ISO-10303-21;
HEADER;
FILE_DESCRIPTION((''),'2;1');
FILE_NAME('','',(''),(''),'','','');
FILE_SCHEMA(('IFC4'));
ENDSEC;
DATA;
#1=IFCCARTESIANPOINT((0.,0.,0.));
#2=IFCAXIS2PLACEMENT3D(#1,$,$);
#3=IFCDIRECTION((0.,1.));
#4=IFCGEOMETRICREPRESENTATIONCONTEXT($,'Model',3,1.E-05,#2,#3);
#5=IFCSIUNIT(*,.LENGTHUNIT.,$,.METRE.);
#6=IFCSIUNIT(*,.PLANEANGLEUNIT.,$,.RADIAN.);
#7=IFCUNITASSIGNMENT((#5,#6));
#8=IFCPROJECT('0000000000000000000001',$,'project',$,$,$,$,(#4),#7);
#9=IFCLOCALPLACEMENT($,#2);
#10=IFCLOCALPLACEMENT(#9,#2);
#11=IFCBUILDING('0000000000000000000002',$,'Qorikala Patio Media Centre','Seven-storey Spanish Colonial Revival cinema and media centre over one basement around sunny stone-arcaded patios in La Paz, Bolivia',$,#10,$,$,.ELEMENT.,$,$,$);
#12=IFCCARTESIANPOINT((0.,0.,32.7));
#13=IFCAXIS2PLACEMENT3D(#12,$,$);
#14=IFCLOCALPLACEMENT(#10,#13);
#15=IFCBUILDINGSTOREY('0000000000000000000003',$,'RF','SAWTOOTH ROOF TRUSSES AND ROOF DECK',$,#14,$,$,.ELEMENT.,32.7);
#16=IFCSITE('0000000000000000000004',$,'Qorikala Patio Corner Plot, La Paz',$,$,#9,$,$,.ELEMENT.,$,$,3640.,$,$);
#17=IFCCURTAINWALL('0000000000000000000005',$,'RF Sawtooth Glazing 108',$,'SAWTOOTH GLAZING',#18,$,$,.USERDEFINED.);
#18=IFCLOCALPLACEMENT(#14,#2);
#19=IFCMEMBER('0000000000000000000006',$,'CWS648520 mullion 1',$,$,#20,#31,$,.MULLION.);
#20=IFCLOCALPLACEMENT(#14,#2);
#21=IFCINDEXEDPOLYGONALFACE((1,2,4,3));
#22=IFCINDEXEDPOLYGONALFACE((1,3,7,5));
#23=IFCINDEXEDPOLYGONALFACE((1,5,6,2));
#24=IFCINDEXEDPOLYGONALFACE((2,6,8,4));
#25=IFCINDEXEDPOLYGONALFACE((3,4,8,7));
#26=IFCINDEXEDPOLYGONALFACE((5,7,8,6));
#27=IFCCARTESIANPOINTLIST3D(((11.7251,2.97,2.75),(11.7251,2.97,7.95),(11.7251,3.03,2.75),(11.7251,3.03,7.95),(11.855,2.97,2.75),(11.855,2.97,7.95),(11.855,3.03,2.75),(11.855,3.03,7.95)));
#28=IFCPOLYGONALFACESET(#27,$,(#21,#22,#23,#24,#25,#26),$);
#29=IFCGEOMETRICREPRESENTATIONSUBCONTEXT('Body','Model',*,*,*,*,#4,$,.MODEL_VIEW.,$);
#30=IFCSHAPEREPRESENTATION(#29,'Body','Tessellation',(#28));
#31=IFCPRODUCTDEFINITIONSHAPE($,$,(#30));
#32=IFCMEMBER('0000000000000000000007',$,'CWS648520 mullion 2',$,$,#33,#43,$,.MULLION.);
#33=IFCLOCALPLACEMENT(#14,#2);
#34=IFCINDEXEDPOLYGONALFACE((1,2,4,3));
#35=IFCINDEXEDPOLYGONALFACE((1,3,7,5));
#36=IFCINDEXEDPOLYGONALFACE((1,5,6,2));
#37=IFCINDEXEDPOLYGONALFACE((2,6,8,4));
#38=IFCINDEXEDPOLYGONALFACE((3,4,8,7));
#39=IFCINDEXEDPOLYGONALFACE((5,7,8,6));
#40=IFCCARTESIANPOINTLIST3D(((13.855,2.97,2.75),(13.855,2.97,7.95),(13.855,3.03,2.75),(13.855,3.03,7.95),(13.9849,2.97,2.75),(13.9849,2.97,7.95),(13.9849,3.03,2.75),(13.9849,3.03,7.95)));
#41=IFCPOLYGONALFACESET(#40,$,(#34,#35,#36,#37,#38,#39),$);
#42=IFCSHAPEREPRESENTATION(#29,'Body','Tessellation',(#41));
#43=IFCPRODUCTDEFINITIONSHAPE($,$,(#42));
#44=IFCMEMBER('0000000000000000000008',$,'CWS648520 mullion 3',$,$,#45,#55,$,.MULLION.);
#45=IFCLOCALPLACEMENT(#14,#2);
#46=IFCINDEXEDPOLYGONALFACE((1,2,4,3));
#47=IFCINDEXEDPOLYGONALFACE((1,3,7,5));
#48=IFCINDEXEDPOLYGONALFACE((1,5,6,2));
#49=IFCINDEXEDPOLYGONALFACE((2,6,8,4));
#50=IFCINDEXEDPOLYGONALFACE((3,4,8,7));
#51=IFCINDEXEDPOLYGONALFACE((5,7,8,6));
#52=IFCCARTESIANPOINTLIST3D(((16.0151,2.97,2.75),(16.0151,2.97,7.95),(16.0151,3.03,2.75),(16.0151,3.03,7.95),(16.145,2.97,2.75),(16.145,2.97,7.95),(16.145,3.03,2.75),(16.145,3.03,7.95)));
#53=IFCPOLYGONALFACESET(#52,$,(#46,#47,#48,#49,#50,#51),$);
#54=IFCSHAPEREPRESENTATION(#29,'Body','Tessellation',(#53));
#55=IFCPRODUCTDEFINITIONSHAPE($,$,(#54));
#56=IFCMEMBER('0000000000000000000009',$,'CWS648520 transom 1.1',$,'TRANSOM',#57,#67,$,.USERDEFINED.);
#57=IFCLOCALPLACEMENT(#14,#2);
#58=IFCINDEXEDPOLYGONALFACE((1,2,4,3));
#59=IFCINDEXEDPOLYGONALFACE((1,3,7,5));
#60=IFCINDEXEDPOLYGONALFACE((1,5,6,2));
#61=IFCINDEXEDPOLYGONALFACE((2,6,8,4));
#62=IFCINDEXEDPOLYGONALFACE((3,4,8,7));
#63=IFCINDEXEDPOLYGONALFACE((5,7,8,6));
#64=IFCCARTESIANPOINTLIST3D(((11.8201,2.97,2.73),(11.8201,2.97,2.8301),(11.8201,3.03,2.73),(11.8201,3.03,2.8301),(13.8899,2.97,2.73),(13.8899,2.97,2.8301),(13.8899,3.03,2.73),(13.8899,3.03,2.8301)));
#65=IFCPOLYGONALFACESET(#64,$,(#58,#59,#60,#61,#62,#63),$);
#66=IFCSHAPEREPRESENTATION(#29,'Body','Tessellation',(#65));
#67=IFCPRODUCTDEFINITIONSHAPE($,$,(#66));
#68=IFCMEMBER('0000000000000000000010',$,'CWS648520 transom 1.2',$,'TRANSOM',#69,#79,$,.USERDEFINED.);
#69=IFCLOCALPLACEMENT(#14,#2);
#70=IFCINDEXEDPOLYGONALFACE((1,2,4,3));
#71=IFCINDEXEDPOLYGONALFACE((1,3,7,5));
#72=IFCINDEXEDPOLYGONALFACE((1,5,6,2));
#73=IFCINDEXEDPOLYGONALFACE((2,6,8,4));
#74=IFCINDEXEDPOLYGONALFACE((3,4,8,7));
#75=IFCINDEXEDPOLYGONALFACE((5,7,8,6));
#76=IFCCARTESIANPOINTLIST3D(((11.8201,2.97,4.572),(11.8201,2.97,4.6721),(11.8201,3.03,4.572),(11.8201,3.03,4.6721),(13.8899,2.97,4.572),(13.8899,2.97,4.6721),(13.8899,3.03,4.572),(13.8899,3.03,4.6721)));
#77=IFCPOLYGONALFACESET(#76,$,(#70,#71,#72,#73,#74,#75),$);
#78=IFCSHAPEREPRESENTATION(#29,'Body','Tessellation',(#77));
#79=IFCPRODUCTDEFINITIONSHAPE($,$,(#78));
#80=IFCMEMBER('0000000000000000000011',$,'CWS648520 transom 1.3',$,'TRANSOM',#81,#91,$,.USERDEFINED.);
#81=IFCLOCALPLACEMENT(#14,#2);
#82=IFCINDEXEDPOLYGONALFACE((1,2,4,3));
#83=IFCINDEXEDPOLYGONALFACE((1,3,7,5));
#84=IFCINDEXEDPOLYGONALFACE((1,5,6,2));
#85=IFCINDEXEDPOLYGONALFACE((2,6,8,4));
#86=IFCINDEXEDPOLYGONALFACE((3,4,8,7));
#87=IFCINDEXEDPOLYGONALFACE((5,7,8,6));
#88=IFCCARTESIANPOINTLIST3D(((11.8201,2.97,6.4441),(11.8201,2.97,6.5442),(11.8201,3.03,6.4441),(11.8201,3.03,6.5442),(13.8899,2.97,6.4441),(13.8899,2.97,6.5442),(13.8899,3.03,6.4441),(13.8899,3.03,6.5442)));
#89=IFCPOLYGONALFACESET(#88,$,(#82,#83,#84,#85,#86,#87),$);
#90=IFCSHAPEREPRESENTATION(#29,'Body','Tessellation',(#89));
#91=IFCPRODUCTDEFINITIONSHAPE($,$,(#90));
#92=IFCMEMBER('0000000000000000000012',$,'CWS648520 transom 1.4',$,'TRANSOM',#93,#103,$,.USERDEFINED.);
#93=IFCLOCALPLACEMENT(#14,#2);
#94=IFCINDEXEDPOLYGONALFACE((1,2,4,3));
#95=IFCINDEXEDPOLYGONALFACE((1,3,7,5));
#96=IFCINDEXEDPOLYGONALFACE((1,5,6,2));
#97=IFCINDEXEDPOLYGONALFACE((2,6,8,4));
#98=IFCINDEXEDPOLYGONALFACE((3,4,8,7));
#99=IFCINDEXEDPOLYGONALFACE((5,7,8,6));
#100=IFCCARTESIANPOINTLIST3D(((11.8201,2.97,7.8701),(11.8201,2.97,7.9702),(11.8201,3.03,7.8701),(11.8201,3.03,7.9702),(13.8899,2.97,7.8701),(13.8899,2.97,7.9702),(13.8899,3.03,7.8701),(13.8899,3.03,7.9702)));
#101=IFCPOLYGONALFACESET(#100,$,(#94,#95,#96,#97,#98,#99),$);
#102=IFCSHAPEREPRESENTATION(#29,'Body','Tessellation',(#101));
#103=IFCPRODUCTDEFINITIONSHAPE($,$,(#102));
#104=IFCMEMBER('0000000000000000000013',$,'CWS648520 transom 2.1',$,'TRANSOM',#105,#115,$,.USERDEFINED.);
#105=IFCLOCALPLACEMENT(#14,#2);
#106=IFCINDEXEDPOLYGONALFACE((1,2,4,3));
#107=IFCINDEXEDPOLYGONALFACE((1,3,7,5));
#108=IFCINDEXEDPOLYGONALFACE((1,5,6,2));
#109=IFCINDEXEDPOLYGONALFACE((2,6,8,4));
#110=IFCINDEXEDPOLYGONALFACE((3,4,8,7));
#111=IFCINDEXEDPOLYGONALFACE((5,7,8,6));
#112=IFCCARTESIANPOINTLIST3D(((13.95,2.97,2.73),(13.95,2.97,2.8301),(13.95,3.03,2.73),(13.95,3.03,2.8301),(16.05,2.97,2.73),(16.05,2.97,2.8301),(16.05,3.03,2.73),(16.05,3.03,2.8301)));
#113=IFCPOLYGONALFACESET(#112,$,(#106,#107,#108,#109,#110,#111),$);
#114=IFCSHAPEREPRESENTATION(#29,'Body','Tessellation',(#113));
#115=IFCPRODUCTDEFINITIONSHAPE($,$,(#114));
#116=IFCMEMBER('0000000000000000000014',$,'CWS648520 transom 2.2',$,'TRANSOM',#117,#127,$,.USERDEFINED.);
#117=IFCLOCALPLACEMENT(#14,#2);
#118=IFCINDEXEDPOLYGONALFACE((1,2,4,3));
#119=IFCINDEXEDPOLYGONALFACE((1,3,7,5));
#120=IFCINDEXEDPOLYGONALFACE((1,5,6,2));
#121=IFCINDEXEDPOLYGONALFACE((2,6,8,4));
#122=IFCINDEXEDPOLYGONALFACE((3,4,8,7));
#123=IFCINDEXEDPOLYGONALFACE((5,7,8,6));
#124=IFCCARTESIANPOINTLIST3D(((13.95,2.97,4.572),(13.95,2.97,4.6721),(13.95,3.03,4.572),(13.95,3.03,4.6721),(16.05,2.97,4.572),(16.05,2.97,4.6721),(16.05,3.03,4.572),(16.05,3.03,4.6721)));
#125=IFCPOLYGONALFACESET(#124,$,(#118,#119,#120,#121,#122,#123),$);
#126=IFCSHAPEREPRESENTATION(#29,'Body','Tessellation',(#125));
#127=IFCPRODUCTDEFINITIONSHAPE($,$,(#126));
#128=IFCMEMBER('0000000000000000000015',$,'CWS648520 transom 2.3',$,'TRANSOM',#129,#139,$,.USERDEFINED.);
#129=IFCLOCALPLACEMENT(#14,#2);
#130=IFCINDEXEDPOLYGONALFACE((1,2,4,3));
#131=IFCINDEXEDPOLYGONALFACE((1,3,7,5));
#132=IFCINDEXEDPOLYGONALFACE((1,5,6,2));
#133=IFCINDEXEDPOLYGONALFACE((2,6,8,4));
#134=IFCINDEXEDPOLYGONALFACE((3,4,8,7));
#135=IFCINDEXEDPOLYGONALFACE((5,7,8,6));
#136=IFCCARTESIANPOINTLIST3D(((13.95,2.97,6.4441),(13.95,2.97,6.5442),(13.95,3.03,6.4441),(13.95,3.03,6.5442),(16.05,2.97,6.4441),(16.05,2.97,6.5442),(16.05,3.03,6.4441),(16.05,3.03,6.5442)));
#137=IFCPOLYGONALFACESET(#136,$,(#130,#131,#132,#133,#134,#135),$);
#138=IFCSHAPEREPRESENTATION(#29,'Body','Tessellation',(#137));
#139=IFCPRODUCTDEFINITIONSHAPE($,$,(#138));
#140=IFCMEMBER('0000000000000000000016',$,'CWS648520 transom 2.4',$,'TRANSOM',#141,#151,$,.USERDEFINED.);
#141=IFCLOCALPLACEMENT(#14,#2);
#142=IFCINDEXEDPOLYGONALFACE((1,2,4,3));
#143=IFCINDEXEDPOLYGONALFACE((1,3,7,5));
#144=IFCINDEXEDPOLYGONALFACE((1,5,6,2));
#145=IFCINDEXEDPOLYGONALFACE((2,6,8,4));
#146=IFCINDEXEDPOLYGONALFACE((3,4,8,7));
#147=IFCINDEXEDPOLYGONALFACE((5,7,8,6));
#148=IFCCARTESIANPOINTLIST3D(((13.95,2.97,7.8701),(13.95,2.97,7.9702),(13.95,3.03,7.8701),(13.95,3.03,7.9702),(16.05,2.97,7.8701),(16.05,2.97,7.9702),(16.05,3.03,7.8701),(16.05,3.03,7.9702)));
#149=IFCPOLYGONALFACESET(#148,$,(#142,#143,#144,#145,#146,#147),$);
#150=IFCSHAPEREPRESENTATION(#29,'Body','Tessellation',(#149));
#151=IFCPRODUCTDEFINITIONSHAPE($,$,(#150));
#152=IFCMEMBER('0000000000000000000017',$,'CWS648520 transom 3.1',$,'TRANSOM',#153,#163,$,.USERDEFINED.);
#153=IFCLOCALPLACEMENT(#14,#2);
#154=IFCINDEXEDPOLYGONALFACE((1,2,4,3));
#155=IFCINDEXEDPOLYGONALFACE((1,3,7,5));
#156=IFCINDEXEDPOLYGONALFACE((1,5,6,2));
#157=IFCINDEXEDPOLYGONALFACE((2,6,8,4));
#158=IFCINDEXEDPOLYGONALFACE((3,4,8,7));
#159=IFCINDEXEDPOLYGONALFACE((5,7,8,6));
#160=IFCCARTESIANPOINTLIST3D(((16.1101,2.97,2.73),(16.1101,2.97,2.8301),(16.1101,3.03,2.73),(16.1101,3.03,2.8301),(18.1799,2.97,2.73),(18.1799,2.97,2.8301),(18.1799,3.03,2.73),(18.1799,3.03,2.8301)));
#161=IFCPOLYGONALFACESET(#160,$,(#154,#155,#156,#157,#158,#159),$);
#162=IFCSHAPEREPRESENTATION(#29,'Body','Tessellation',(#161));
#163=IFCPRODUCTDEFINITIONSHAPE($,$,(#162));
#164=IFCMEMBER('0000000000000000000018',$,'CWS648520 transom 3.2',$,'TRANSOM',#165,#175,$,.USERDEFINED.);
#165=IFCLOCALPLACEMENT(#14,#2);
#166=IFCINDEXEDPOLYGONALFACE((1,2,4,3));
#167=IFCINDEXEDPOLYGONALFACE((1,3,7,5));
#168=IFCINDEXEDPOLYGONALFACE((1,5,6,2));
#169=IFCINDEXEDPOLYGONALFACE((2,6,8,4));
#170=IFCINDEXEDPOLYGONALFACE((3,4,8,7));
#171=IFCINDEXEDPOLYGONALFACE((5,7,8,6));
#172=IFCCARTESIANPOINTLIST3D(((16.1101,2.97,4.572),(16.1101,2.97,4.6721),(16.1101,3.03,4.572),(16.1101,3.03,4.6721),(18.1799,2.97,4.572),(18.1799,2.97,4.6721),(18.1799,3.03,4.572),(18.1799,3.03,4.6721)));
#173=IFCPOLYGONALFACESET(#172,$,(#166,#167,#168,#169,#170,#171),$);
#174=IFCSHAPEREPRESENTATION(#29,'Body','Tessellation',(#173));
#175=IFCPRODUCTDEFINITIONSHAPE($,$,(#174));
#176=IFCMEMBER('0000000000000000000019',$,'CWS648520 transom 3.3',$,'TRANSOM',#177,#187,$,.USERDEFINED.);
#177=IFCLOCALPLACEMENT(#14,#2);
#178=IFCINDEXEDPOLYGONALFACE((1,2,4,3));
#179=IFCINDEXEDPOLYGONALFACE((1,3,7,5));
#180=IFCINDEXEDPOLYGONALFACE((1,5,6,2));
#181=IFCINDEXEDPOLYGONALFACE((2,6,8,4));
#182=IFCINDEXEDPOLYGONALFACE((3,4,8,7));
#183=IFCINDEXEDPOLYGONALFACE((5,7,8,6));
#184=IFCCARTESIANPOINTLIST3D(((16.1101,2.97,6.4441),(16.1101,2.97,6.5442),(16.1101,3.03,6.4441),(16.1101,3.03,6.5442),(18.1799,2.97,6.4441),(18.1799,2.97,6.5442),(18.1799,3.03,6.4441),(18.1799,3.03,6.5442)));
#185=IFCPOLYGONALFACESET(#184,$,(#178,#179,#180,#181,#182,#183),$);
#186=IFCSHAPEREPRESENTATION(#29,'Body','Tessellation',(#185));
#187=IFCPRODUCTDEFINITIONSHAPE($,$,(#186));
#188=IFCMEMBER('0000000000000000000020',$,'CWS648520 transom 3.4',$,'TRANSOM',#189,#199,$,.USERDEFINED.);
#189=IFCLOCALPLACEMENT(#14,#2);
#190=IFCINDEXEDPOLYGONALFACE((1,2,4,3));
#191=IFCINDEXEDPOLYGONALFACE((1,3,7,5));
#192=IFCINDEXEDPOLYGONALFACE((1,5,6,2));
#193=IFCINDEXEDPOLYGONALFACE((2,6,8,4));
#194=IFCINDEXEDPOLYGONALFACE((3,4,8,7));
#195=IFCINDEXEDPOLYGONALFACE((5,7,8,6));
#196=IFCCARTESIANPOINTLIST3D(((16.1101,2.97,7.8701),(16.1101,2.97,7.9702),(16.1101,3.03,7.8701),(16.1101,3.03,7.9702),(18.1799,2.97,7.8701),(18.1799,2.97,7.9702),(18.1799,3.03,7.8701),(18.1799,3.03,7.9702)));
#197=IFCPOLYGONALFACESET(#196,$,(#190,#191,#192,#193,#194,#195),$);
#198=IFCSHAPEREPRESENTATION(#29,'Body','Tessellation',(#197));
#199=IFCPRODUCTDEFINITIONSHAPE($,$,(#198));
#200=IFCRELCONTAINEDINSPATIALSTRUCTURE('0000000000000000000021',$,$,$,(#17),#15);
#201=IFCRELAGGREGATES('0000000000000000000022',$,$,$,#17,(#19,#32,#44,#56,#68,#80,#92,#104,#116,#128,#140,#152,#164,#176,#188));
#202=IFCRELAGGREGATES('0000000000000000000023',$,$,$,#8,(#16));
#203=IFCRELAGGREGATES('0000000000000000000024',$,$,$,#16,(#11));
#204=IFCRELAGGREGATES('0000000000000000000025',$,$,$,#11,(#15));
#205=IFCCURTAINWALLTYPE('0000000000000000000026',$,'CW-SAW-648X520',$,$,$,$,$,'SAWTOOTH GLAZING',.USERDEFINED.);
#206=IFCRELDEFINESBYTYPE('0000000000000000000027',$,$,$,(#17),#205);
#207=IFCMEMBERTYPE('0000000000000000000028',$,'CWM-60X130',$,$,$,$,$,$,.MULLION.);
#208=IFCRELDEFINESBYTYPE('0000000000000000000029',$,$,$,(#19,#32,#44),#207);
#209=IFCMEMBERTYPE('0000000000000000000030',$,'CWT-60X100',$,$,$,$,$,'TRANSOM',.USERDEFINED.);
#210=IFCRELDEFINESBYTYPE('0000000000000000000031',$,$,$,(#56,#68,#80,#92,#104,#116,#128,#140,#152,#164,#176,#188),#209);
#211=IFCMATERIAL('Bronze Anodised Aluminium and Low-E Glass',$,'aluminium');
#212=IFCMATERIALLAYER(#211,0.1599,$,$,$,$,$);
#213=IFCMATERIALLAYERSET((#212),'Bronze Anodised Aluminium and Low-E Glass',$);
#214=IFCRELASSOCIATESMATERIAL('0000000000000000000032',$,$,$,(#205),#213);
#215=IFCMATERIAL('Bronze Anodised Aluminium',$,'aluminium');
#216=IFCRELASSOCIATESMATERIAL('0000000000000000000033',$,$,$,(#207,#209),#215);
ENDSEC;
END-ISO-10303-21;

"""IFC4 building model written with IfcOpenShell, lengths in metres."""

from ifc_helpers import new_model, si_unit, direction, frame, origin, origin_2d, place, context, subcontext, project, spatial, rectangle, extrude, material, layer, layer_set, material_profile, profile_set, type_object, element, aggregate, save


model = new_model("IFC4")

# Units and contexts
model_context = context("Model", 3, precision=1e-05, world=origin(), true_north=direction((0.0, 1.0)))
body_context = subcontext(model_context, "Body", "Model", "MODEL_VIEW")
ifc_project = project(units=[si_unit("LENGTHUNIT", "METRE"), si_unit("PLANEANGLEUNIT", "RADIAN")], contexts=[model_context])

# Site, building, storey
site_placement = place(None, origin())
site = spatial("IfcSite", under=ifc_project, at=site_placement, Name="Qorikala Patio Corner Plot, La Paz", CompositionType="ELEMENT", RefElevation=3640.0)
building_placement = place(site_placement, origin())
building = spatial("IfcBuilding", under=site, at=building_placement, Name="Qorikala Patio Media Centre", Description="Seven-storey Spanish Colonial Revival cinema and media centre over one basement around sunny stone-arcaded patios in La Paz, Bolivia", CompositionType="ELEMENT")
storey_placement = place(building_placement, frame((0.0, 0.0, 32.7)))
storey = spatial("IfcBuildingStorey", under=building, at=storey_placement, Name="RF", Description="SAWTOOTH ROOF TRUSSES AND ROOF DECK", CompositionType="ELEMENT", Elevation=32.7)

# Curtain wall, members
ifc_material_1 = material(Name="Bronze Anodised Aluminium and Low-E Glass", Category="aluminium")
ifc_layer_1 = layer(ifc_material_1, 0.1599)
ifc_layer_set_1 = layer_set([ifc_layer_1], Name="Bronze Anodised Aluminium and Low-E Glass")
curtain_wall_type = type_object("IfcCurtainWallType", Name="CW-SAW-648X520", ElementType="SAWTOOTH GLAZING", PredefinedType="USERDEFINED", material=ifc_layer_set_1)
curtain_wall_placement = place(storey_placement, origin())
curtain_wall = element("IfcCurtainWall", 1, at=curtain_wall_placement, inside=storey, type_object=curtain_wall_type, Name="RF Sawtooth Glazing 108", ObjectType="SAWTOOTH GLAZING", PredefinedType="USERDEFINED")
ifc_material_2 = material(Name="Bronze Anodised Aluminium", Category="aluminium")
ifc_material_profile_1 = material_profile(ifc_material_2, rectangle(XDim=0.0601, YDim=0.1299, at=origin_2d()), Name="ALU MULLION 60x130")
ifc_profile_set_1 = profile_set([ifc_material_profile_1], Name="Bronze Anodised Aluminium")
member_type_1 = type_object("IfcMemberType", Name="CWM-60X130", PredefinedType="MULLION", material=ifc_profile_set_1)
member_1_placement = place(storey_placement, frame((11.79, 3.0, 2.75), z_axis=(0.0, 0.0, 1.0), x_axis=(0.0, 1.0, 0.0)))
member_1 = element("IfcMember", 2, at=member_1_placement, type_object=member_type_1, Name="CWS648520 mullion 1", PredefinedType="MULLION", context=body_context, shape_type="SweptSolid", body=[
    extrude(rectangle(XDim=0.0601, YDim=0.1299, at=origin_2d()), origin(), (0.0, 0.0, 1.0), 5.2),
])
member_2_placement = place(storey_placement, frame((13.9199, 3.0, 2.75), z_axis=(0.0, 0.0, 1.0), x_axis=(0.0, 1.0, 0.0)))
member_2 = element("IfcMember", 3, at=member_2_placement, type_object=member_type_1, Name="CWS648520 mullion 2", PredefinedType="MULLION", context=body_context, shape_type="SweptSolid", body=[
    extrude(rectangle(XDim=0.0601, YDim=0.1299, at=origin_2d()), origin(), (0.0, 0.0, 1.0), 5.2),
])
member_3_placement = place(storey_placement, frame((16.0801, 3.0, 2.75), z_axis=(0.0, 0.0, 1.0), x_axis=(0.0, 1.0, 0.0)))
member_3 = element("IfcMember", 4, at=member_3_placement, type_object=member_type_1, Name="CWS648520 mullion 3", PredefinedType="MULLION", context=body_context, shape_type="SweptSolid", body=[
    extrude(rectangle(XDim=0.0601, YDim=0.1299, at=origin_2d()), origin(), (0.0, 0.0, 1.0), 5.2),
])
ifc_material_profile_2 = material_profile(ifc_material_2, rectangle(XDim=0.0601, YDim=0.1001, at=origin_2d()), Name="ALU TRANSOM 60x100")
ifc_profile_set_2 = profile_set([ifc_material_profile_2], Name="Bronze Anodised Aluminium")
member_type_2 = type_object("IfcMemberType", Name="CWT-60X100", ElementType="TRANSOM", PredefinedType="USERDEFINED", material=ifc_profile_set_2)
member_4_placement = place(storey_placement, frame((11.8201, 3.0, 2.78), z_axis=(1.0, 0.0, 0.0), x_axis=(0.0, 1.0, 0.0)))
member_4 = element("IfcMember", 5, at=member_4_placement, type_object=member_type_2, Name="CWS648520 transom 1.1", ObjectType="TRANSOM", PredefinedType="USERDEFINED", context=body_context, shape_type="SweptSolid", body=[
    extrude(rectangle(XDim=0.0601, YDim=0.1001, at=origin_2d()), origin(), (0.0, 0.0, 1.0), 2.0698),
])
member_5_placement = place(storey_placement, frame((11.8201, 3.0, 4.6221), z_axis=(1.0, 0.0, 0.0), x_axis=(0.0, 1.0, 0.0)))
member_5 = element("IfcMember", 6, at=member_5_placement, type_object=member_type_2, Name="CWS648520 transom 1.2", ObjectType="TRANSOM", PredefinedType="USERDEFINED", context=body_context, shape_type="SweptSolid", body=[
    extrude(rectangle(XDim=0.0601, YDim=0.1001, at=origin_2d()), origin(), (0.0, 0.0, 1.0), 2.0698),
])
member_6_placement = place(storey_placement, frame((11.8201, 3.0, 6.4941), z_axis=(1.0, 0.0, 0.0), x_axis=(0.0, 1.0, 0.0)))
member_6 = element("IfcMember", 7, at=member_6_placement, type_object=member_type_2, Name="CWS648520 transom 1.3", ObjectType="TRANSOM", PredefinedType="USERDEFINED", context=body_context, shape_type="SweptSolid", body=[
    extrude(rectangle(XDim=0.0601, YDim=0.1001, at=origin_2d()), origin(), (0.0, 0.0, 1.0), 2.0698),
])
member_7_placement = place(storey_placement, frame((11.8201, 3.0, 7.9202), z_axis=(1.0, 0.0, 0.0), x_axis=(0.0, 1.0, 0.0)))
member_7 = element("IfcMember", 8, at=member_7_placement, type_object=member_type_2, Name="CWS648520 transom 1.4", ObjectType="TRANSOM", PredefinedType="USERDEFINED", context=body_context, shape_type="SweptSolid", body=[
    extrude(rectangle(XDim=0.0601, YDim=0.1001, at=origin_2d()), origin(), (0.0, 0.0, 1.0), 2.0698),
])
member_8_placement = place(storey_placement, frame((13.95, 3.0, 2.78), z_axis=(1.0, 0.0, 0.0), x_axis=(0.0, 1.0, 0.0)))
member_8 = element("IfcMember", 9, at=member_8_placement, type_object=member_type_2, Name="CWS648520 transom 2.1", ObjectType="TRANSOM", PredefinedType="USERDEFINED", context=body_context, shape_type="SweptSolid", body=[
    extrude(rectangle(XDim=0.0601, YDim=0.1001, at=origin_2d()), origin(), (0.0, 0.0, 1.0), 2.1001),
])
member_9_placement = place(storey_placement, frame((13.95, 3.0, 4.6221), z_axis=(1.0, 0.0, 0.0), x_axis=(0.0, 1.0, 0.0)))
member_9 = element("IfcMember", 10, at=member_9_placement, type_object=member_type_2, Name="CWS648520 transom 2.2", ObjectType="TRANSOM", PredefinedType="USERDEFINED", context=body_context, shape_type="SweptSolid", body=[
    extrude(rectangle(XDim=0.0601, YDim=0.1001, at=origin_2d()), origin(), (0.0, 0.0, 1.0), 2.1001),
])
member_10_placement = place(storey_placement, frame((13.95, 3.0, 6.4941), z_axis=(1.0, 0.0, 0.0), x_axis=(0.0, 1.0, 0.0)))
member_10 = element("IfcMember", 11, at=member_10_placement, type_object=member_type_2, Name="CWS648520 transom 2.3", ObjectType="TRANSOM", PredefinedType="USERDEFINED", context=body_context, shape_type="SweptSolid", body=[
    extrude(rectangle(XDim=0.0601, YDim=0.1001, at=origin_2d()), origin(), (0.0, 0.0, 1.0), 2.1001),
])
member_11_placement = place(storey_placement, frame((13.95, 3.0, 7.9202), z_axis=(1.0, 0.0, 0.0), x_axis=(0.0, 1.0, 0.0)))
member_11 = element("IfcMember", 12, at=member_11_placement, type_object=member_type_2, Name="CWS648520 transom 2.4", ObjectType="TRANSOM", PredefinedType="USERDEFINED", context=body_context, shape_type="SweptSolid", body=[
    extrude(rectangle(XDim=0.0601, YDim=0.1001, at=origin_2d()), origin(), (0.0, 0.0, 1.0), 2.1001),
])
member_12_placement = place(storey_placement, frame((16.1101, 3.0, 2.78), z_axis=(1.0, 0.0, 0.0), x_axis=(0.0, 1.0, 0.0)))
member_12 = element("IfcMember", 13, at=member_12_placement, type_object=member_type_2, Name="CWS648520 transom 3.1", ObjectType="TRANSOM", PredefinedType="USERDEFINED", context=body_context, shape_type="SweptSolid", body=[
    extrude(rectangle(XDim=0.0601, YDim=0.1001, at=origin_2d()), origin(), (0.0, 0.0, 1.0), 2.0698),
])
member_13_placement = place(storey_placement, frame((16.1101, 3.0, 4.6221), z_axis=(1.0, 0.0, 0.0), x_axis=(0.0, 1.0, 0.0)))
member_13 = element("IfcMember", 14, at=member_13_placement, type_object=member_type_2, Name="CWS648520 transom 3.2", ObjectType="TRANSOM", PredefinedType="USERDEFINED", context=body_context, shape_type="SweptSolid", body=[
    extrude(rectangle(XDim=0.0601, YDim=0.1001, at=origin_2d()), origin(), (0.0, 0.0, 1.0), 2.0698),
])
member_14_placement = place(storey_placement, frame((16.1101, 3.0, 6.4941), z_axis=(1.0, 0.0, 0.0), x_axis=(0.0, 1.0, 0.0)))
member_14 = element("IfcMember", 15, at=member_14_placement, type_object=member_type_2, Name="CWS648520 transom 3.3", ObjectType="TRANSOM", PredefinedType="USERDEFINED", context=body_context, shape_type="SweptSolid", body=[
    extrude(rectangle(XDim=0.0601, YDim=0.1001, at=origin_2d()), origin(), (0.0, 0.0, 1.0), 2.0698),
])
member_15_placement = place(storey_placement, frame((16.1101, 3.0, 7.9202), z_axis=(1.0, 0.0, 0.0), x_axis=(0.0, 1.0, 0.0)))
member_15 = element("IfcMember", 16, at=member_15_placement, type_object=member_type_2, Name="CWS648520 transom 3.4", ObjectType="TRANSOM", PredefinedType="USERDEFINED", context=body_context, shape_type="SweptSolid", body=[
    extrude(rectangle(XDim=0.0601, YDim=0.1001, at=origin_2d()), origin(), (0.0, 0.0, 1.0), 2.0698),
])
aggregate(curtain_wall, [member_1, member_2, member_3, member_4, member_5, member_6, member_7, member_8, member_9, member_10, member_11, member_12, member_13, member_14, member_15])

save(model, "model.ifc")
